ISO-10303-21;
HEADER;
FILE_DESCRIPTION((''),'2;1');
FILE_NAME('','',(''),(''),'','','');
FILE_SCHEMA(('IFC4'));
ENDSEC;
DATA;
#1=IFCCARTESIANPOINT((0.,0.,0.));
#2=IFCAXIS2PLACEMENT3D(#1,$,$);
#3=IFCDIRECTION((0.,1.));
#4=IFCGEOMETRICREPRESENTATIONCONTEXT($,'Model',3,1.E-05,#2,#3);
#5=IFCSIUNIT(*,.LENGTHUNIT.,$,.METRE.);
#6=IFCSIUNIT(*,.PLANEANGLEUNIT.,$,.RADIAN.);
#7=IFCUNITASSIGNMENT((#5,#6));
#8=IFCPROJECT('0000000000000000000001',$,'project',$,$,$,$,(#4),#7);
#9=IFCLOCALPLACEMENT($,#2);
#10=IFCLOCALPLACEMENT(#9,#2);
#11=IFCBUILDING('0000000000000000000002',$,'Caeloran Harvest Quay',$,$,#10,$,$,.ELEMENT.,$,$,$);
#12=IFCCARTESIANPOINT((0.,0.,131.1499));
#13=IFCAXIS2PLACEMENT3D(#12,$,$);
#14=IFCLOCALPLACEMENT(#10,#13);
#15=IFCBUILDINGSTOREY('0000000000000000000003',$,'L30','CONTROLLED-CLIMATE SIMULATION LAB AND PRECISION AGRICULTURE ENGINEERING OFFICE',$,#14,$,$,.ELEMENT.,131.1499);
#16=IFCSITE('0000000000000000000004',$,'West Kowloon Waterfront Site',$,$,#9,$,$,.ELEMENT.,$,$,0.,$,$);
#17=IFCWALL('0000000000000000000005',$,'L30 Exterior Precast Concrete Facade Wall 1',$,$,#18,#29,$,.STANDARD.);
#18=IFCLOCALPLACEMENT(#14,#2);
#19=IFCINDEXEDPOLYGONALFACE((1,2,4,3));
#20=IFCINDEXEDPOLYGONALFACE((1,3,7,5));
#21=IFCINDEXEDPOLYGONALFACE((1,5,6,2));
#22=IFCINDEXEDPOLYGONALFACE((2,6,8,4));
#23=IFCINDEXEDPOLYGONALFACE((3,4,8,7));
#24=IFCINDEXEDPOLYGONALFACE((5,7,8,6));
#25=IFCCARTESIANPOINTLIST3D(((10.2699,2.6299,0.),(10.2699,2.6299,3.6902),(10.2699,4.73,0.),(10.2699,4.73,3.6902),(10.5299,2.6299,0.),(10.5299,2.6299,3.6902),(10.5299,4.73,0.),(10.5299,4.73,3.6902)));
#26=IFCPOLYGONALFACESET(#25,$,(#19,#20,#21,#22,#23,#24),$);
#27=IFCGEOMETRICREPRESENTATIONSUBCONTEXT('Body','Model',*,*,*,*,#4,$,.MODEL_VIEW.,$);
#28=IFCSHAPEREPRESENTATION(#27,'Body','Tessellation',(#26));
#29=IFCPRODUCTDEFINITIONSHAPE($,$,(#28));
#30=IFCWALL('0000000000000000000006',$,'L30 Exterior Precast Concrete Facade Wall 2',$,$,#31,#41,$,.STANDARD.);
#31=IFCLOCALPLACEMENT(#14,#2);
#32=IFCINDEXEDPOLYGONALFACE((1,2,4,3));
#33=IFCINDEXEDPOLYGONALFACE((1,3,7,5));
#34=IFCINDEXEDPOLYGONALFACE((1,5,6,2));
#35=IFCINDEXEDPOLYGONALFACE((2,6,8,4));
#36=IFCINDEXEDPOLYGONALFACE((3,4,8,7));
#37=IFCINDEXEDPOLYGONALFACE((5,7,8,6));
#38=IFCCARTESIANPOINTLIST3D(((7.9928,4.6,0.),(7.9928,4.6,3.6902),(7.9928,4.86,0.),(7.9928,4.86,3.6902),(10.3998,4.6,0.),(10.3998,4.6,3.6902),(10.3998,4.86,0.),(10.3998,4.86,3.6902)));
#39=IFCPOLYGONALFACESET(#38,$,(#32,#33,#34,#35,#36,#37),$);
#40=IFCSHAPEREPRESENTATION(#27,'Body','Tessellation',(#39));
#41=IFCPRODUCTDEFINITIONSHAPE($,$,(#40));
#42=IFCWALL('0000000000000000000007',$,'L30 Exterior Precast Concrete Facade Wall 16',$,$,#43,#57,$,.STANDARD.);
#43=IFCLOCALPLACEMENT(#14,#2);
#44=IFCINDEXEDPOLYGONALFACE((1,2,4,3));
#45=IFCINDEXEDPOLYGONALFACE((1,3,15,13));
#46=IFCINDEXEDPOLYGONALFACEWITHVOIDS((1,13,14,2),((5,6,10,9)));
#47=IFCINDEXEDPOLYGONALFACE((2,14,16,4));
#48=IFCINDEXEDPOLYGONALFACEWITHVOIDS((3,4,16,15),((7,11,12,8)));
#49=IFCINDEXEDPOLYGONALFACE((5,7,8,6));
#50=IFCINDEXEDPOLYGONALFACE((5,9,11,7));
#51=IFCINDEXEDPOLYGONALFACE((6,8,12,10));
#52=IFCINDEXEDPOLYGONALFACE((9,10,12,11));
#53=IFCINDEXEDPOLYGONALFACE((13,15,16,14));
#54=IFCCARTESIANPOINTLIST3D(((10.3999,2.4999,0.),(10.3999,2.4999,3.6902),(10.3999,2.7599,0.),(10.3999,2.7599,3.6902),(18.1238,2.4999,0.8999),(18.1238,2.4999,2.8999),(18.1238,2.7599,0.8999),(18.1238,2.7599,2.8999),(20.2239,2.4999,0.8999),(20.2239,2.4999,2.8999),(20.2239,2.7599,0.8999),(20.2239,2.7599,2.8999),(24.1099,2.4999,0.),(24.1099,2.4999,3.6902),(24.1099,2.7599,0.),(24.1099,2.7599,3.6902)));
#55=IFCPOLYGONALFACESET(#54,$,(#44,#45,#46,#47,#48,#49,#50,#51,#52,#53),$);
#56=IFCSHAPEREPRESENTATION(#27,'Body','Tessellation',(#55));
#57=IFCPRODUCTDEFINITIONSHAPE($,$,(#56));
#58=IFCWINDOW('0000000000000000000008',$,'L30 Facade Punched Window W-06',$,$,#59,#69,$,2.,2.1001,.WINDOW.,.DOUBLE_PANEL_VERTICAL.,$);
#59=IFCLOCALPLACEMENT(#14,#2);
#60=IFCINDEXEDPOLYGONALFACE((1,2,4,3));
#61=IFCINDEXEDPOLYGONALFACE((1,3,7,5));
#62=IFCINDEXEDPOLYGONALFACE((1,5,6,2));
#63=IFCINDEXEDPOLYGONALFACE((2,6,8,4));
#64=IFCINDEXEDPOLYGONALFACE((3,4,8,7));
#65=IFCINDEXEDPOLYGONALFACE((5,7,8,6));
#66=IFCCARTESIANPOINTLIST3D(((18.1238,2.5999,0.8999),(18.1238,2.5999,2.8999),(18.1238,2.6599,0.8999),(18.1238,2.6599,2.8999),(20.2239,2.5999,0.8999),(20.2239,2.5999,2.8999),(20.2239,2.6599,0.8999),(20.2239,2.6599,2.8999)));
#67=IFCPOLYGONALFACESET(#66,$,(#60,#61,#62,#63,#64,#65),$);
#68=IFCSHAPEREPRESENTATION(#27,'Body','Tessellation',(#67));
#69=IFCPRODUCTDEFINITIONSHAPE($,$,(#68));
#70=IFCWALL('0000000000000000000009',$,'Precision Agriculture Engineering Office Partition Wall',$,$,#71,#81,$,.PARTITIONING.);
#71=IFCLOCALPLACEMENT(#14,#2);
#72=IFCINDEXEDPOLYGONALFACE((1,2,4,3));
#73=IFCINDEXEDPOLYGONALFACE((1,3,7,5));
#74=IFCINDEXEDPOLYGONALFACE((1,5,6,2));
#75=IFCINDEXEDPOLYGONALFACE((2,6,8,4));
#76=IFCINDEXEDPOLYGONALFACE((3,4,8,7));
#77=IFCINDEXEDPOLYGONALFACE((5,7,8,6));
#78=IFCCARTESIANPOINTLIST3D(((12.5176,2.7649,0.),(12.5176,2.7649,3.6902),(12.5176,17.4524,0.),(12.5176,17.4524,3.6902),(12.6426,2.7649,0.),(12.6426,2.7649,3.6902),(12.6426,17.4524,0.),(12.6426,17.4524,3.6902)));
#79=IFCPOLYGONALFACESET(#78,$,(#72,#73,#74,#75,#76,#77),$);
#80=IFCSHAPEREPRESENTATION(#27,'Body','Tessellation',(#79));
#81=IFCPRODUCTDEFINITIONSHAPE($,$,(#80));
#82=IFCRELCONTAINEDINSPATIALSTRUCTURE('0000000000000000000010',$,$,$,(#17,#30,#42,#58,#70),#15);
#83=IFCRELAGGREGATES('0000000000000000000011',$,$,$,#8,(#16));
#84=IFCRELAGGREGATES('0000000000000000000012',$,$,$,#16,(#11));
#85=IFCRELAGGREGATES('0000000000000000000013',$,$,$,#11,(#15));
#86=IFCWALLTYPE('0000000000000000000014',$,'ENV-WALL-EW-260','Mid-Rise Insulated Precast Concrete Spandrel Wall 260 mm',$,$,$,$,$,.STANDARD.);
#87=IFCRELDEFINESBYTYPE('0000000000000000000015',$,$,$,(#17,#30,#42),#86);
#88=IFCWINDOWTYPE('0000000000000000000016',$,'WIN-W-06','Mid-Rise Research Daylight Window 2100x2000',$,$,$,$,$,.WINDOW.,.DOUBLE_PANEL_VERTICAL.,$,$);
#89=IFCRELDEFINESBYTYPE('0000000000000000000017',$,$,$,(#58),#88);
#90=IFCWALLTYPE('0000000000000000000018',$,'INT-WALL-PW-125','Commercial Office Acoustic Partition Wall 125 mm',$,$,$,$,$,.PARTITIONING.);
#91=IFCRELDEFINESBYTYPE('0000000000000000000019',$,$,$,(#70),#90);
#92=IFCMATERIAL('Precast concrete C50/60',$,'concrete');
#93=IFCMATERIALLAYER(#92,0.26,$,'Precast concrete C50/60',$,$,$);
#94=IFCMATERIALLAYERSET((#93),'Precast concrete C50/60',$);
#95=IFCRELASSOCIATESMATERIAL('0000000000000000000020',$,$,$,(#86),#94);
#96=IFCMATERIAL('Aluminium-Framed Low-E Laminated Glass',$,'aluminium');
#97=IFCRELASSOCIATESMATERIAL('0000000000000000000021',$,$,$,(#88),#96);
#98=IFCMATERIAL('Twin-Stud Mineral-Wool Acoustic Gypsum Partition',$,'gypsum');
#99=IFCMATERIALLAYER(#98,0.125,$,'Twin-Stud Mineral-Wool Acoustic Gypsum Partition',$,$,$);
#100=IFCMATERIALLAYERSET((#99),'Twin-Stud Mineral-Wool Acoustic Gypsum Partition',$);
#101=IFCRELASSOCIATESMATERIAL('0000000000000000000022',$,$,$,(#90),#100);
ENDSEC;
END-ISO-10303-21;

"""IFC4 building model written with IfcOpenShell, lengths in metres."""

from ifc_helpers import new_model, si_unit, direction, frame, frame_2d, origin, place, context, subcontext, project, spatial, rectangle, extrude, material, layer, layer_set, type_object, element, fill, save


model = new_model("IFC4")

# Units and contexts
model_context = context("Model", 3, precision=1e-05, world=origin(), true_north=direction((0.0, 1.0)))
body_context = subcontext(model_context, "Body", "Model", "MODEL_VIEW")
ifc_project = project(units=[si_unit("LENGTHUNIT", "METRE"), si_unit("PLANEANGLEUNIT", "RADIAN")], contexts=[model_context])

# Site, building, storey
site_placement = place(None, origin())
site = spatial("IfcSite", under=ifc_project, at=site_placement, Name="West Kowloon Waterfront Site", CompositionType="ELEMENT", RefElevation=0.0)
building_placement = place(site_placement, origin())
building = spatial("IfcBuilding", under=site, at=building_placement, Name="Caeloran Harvest Quay", CompositionType="ELEMENT")
storey_placement = place(building_placement, frame((0.0, 0.0, 131.1499)))
storey = spatial("IfcBuildingStorey", under=building, at=storey_placement, Name="L30", Description="CONTROLLED-CLIMATE SIMULATION LAB AND PRECISION AGRICULTURE ENGINEERING OFFICE", CompositionType="ELEMENT", Elevation=131.1499)

# Walls
ifc_material_1 = material(Name="Precast concrete C50/60", Category="concrete")
ifc_layer_1 = layer(ifc_material_1, 0.26, Name="Precast concrete C50/60")
ifc_layer_set_1 = layer_set([ifc_layer_1], Name="Precast concrete C50/60")
wall_type_1 = type_object("IfcWallType", Name="ENV-WALL-EW-260", Description="Mid-Rise Insulated Precast Concrete Spandrel Wall 260 mm", PredefinedType="STANDARD", material=ifc_layer_set_1)
wall_1_placement = place(storey_placement, frame((10.3999, 2.6299, 0.0), z_axis=(0.0, 0.0, 1.0), x_axis=(0.0, 1.0, 0.0)))
element("IfcWall", 1, at=wall_1_placement, inside=storey, type_object=wall_type_1, Name="L30 Exterior Precast Concrete Facade Wall 1", PredefinedType="STANDARD", context=body_context, shape_type="SweptSolid", body=[
    extrude(rectangle(XDim=2.1001, YDim=0.26, at=frame_2d((1.05, 0.0))), origin(), (0.0, 0.0, 1.0), 3.6902),
])
wall_2_placement = place(storey_placement, frame((10.3999, 4.73, 0.0), z_axis=(0.0, 0.0, 1.0), x_axis=(-1.0, 0.0, 0.0)))
element("IfcWall", 2, at=wall_2_placement, inside=storey, type_object=wall_type_1, Name="L30 Exterior Precast Concrete Facade Wall 2", PredefinedType="STANDARD", context=body_context, shape_type="SweptSolid", body=[
    extrude(rectangle(XDim=2.407, YDim=0.26, at=frame_2d((1.2036, 0.0))), origin(), (0.0, 0.0, 1.0), 3.6902),
])

# Wall, opening, window
wall_3_placement = place(storey_placement, frame((24.1099, 2.6299, 0.0), z_axis=(0.0, 0.0, 1.0), x_axis=(-1.0, 0.0, 0.0)))
wall_3 = element("IfcWall", 3, at=wall_3_placement, inside=storey, type_object=wall_type_1, Name="L30 Exterior Precast Concrete Facade Wall 16", PredefinedType="STANDARD", context=body_context, shape_type="SweptSolid", body=[
    extrude(rectangle(XDim=13.71, YDim=0.26, at=frame_2d((6.855, 0.0))), origin(), (0.0, 0.0, 1.0), 3.6902),
])
opening_placement = place(wall_3_placement, frame((3.886, 0.0, 0.8999)))
opening = element("IfcOpeningElement", 4, at=opening_placement, cuts=wall_3, PredefinedType="OPENING", context=body_context, shape_type="SweptSolid", body=[
    extrude(rectangle(XDim=2.1001, YDim=2.0, at=frame_2d((1.05, 1.0))), frame((0.0, 0.1401, 0.0), z_axis=(0.0, -1.0, 0.0), x_axis=(1.0, 0.0, 0.0)), (0.0, 0.0, 1.0), 0.28),
])
ifc_material_2 = material(Name="Aluminium-Framed Low-E Laminated Glass", Category="aluminium")
window_type = type_object("IfcWindowType", Name="WIN-W-06", Description="Mid-Rise Research Daylight Window 2100x2000", PartitioningType="DOUBLE_PANEL_VERTICAL", PredefinedType="WINDOW", material=ifc_material_2)
window_placement = place(opening_placement, origin())
window = element("IfcWindow", 5, at=window_placement, inside=storey, type_object=window_type, Name="L30 Facade Punched Window W-06", OverallHeight=2.0, OverallWidth=2.1001, PartitioningType="DOUBLE_PANEL_VERTICAL", PredefinedType="WINDOW", context=body_context, shape_type="SweptSolid", body=[
    extrude(rectangle(XDim=2.1001, YDim=2.0, at=frame_2d((1.05, 1.0))), frame((0.0, 0.03, 0.0), z_axis=(0.0, -1.0, 0.0), x_axis=(1.0, 0.0, 0.0)), (0.0, 0.0, 1.0), 0.0601),
])
fill(opening, window)

# Wall
ifc_material_3 = material(Name="Twin-Stud Mineral-Wool Acoustic Gypsum Partition", Category="gypsum")
ifc_layer_2 = layer(ifc_material_3, 0.125, Name="Twin-Stud Mineral-Wool Acoustic Gypsum Partition")
ifc_layer_set_2 = layer_set([ifc_layer_2], Name="Twin-Stud Mineral-Wool Acoustic Gypsum Partition")
wall_type_2 = type_object("IfcWallType", Name="INT-WALL-PW-125", Description="Commercial Office Acoustic Partition Wall 125 mm", PredefinedType="PARTITIONING", material=ifc_layer_set_2)
wall_4_placement = place(storey_placement, frame((12.5801, 2.7649, 0.0), z_axis=(0.0, 0.0, 1.0), x_axis=(0.0, 1.0, 0.0)))
element("IfcWall", 6, at=wall_4_placement, inside=storey, type_object=wall_type_2, Name="Precision Agriculture Engineering Office Partition Wall", PredefinedType="PARTITIONING", context=body_context, shape_type="SweptSolid", body=[
    extrude(rectangle(XDim=14.6875, YDim=0.125, at=frame_2d((7.3438, 0.0))), origin(), (0.0, 0.0, 1.0), 3.6902),
])

save(model, "model.ifc")
